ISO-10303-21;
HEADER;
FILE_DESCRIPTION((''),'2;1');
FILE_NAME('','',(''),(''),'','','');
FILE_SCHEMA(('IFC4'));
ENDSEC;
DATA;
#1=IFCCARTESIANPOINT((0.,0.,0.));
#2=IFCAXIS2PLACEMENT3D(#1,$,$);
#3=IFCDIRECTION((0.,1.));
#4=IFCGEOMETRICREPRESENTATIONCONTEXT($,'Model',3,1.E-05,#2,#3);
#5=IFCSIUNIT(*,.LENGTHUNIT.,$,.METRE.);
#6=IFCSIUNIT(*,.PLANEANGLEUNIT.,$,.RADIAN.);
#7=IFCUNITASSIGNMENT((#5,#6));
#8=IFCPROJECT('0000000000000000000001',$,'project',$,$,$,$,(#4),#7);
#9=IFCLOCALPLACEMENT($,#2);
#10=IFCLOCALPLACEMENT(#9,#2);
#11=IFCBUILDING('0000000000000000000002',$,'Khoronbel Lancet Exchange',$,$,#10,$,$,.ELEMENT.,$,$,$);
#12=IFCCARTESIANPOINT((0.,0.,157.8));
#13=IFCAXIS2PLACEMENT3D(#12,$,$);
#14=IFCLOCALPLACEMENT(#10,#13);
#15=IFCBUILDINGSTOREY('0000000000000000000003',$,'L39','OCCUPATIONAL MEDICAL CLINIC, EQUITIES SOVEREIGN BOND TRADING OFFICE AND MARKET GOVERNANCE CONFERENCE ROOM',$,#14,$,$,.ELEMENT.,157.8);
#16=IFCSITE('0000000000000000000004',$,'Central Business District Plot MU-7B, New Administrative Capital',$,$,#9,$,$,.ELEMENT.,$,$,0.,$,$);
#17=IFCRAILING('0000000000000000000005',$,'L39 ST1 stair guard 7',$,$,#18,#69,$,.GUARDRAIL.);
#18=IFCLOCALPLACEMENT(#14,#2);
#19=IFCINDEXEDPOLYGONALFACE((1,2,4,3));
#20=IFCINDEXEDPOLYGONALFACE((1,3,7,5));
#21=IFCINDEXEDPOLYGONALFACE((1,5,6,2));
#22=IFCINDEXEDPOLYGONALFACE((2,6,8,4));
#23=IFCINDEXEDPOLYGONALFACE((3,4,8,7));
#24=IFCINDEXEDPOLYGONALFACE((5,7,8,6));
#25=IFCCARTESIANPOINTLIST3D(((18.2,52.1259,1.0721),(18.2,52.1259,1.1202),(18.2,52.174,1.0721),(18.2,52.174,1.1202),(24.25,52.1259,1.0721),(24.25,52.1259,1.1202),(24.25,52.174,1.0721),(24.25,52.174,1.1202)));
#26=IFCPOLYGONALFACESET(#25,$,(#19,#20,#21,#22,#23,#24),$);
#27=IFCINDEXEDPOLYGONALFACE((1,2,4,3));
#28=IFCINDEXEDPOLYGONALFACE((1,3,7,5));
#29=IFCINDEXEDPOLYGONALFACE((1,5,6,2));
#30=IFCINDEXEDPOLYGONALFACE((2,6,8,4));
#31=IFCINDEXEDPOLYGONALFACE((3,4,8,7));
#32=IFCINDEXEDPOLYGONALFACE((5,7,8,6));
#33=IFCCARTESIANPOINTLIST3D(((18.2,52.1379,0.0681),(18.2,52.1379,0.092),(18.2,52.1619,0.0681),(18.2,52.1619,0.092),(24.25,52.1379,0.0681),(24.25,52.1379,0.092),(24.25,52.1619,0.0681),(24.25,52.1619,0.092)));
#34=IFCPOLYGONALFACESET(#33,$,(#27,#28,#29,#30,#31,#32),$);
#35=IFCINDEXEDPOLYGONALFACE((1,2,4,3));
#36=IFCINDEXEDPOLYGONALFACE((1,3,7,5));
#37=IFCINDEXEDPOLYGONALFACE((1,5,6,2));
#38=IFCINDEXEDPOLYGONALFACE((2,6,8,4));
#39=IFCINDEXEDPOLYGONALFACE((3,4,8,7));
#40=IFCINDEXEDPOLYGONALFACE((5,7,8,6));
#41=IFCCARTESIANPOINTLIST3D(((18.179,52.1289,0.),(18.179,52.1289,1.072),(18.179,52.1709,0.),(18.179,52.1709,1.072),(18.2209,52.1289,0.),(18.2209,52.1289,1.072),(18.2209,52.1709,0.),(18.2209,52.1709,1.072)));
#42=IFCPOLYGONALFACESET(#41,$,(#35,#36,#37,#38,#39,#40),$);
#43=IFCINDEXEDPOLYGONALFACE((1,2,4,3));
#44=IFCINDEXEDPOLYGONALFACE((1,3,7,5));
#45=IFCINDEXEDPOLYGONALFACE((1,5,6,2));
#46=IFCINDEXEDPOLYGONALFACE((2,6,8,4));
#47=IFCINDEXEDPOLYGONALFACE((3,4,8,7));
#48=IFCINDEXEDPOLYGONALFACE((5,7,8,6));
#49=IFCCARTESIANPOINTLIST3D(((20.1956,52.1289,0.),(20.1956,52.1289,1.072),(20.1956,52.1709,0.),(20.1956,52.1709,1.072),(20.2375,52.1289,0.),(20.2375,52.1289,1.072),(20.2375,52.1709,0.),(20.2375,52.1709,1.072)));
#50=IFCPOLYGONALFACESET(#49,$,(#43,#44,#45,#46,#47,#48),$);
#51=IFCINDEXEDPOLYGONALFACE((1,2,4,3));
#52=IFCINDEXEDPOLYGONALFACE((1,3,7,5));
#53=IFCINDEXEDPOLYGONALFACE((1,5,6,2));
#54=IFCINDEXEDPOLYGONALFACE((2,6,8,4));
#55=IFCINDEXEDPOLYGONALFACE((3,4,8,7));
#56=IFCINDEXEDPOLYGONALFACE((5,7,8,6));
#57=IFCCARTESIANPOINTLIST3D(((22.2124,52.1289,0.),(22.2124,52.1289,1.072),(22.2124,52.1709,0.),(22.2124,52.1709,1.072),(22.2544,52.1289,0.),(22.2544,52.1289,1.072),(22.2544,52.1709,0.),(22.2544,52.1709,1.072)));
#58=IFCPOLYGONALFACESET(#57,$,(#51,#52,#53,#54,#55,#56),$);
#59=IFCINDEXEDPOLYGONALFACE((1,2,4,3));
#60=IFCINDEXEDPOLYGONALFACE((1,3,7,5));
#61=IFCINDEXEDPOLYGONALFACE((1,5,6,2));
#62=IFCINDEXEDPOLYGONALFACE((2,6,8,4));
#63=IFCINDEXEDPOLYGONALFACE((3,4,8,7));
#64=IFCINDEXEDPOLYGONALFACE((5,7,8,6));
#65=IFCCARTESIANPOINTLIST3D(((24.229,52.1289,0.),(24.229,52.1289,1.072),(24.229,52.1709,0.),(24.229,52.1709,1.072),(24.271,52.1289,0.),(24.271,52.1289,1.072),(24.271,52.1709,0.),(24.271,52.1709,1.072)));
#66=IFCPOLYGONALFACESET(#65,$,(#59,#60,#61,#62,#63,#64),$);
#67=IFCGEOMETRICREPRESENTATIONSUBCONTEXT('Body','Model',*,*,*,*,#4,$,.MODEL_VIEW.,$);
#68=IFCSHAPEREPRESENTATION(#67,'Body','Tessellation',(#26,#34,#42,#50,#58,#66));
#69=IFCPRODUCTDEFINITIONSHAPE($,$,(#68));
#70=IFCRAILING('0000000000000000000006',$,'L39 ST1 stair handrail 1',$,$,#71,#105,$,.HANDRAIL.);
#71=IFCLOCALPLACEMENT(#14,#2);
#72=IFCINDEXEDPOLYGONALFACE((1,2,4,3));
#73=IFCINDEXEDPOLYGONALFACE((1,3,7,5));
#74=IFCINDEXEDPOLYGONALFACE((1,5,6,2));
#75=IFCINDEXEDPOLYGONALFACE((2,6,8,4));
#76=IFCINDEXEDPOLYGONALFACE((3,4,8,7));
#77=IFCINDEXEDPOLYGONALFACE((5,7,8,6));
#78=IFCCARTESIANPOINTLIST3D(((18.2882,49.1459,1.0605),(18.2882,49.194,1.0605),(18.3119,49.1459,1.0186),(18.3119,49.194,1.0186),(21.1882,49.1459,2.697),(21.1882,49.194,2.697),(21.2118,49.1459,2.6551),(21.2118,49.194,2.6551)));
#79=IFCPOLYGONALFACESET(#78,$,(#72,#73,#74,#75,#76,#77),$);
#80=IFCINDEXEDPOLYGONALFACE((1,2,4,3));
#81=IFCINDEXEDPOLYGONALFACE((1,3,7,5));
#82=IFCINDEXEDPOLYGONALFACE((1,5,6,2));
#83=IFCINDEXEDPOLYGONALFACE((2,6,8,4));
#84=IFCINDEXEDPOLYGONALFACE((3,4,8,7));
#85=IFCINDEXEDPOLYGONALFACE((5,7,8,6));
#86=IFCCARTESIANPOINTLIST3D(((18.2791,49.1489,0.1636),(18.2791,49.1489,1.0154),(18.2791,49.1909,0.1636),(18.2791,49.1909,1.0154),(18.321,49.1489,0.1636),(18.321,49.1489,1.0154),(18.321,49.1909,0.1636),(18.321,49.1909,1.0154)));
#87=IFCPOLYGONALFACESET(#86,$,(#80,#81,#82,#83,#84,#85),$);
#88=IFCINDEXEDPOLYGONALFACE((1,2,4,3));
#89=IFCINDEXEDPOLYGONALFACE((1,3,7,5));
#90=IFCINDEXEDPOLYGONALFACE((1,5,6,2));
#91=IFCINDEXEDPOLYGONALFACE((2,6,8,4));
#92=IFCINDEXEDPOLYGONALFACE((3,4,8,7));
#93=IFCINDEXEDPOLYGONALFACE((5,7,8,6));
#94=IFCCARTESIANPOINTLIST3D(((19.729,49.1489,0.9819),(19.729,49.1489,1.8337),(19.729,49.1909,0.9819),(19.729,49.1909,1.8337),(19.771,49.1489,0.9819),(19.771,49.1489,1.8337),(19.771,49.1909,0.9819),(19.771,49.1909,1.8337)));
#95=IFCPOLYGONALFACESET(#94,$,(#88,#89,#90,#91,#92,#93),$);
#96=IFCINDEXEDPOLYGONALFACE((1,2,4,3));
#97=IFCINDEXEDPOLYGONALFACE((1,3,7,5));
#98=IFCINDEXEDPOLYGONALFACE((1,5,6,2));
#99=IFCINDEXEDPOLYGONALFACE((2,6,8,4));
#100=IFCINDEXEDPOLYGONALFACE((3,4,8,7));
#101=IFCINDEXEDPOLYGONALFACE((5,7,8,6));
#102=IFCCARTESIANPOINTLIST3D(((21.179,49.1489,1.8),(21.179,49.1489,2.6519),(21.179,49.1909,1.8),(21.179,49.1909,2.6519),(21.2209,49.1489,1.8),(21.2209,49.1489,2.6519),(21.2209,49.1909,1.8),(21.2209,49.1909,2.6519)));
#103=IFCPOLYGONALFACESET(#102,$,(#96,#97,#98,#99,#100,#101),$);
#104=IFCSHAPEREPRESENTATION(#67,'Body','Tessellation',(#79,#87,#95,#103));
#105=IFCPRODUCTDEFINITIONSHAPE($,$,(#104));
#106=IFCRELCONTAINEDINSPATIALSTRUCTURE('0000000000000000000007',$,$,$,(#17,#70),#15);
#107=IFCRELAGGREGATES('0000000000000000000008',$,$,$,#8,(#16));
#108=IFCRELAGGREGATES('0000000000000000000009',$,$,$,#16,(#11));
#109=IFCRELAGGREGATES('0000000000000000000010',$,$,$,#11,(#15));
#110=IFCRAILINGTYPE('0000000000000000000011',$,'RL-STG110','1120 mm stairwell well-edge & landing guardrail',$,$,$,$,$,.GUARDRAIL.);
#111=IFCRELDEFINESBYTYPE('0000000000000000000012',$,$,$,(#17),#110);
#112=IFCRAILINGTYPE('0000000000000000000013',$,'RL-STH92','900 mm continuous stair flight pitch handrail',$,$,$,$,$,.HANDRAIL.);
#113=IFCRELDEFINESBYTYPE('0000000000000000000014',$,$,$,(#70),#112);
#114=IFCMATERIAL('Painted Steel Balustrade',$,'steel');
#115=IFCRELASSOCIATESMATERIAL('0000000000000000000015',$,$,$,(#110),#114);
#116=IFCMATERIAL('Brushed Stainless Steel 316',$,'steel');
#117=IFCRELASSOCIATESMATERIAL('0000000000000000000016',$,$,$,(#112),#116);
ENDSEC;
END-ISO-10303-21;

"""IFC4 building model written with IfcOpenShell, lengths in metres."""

from ifc_helpers import new_model, si_unit, direction, frame, origin, origin_2d, place, context, subcontext, project, spatial, rectangle, extrude, material, type_object, element, save


model = new_model("IFC4")

# Units and contexts
model_context = context("Model", 3, precision=1e-05, world=origin(), true_north=direction((0.0, 1.0)))
body_context = subcontext(model_context, "Body", "Model", "MODEL_VIEW")
ifc_project = project(units=[si_unit("LENGTHUNIT", "METRE"), si_unit("PLANEANGLEUNIT", "RADIAN")], contexts=[model_context])

# Site, building, storey
site_placement = place(None, origin())
site = spatial("IfcSite", under=ifc_project, at=site_placement, Name="Central Business District Plot MU-7B, New Administrative Capital", CompositionType="ELEMENT", RefElevation=0.0)
building_placement = place(site_placement, origin())
building = spatial("IfcBuilding", under=site, at=building_placement, Name="Khoronbel Lancet Exchange", CompositionType="ELEMENT")
storey_placement = place(building_placement, frame((0.0, 0.0, 157.8)))
storey = spatial("IfcBuildingStorey", under=building, at=storey_placement, Name="L39", Description="OCCUPATIONAL MEDICAL CLINIC, EQUITIES SOVEREIGN BOND TRADING OFFICE AND MARKET GOVERNANCE CONFERENCE ROOM", CompositionType="ELEMENT", Elevation=157.8)

# Railings
ifc_material_1 = material(Name="Painted Steel Balustrade", Category="steel")
railing_type_1 = type_object("IfcRailingType", Name="RL-STG110", Description="1120 mm stairwell well-edge & landing guardrail", PredefinedType="GUARDRAIL", material=ifc_material_1)
railing_1_placement = place(storey_placement, frame((18.2, 52.1499, 0.0)))
element("IfcRailing", 1, at=railing_1_placement, inside=storey, type_object=railing_type_1, Name="L39 ST1 stair guard 7", PredefinedType="GUARDRAIL", context=body_context, shape_type="SweptSolid", body=[
    extrude(rectangle(XDim=0.0481, YDim=0.0481, at=origin_2d()), frame((0.0, 0.0, 1.0962), z_axis=(1.0, 0.0, 0.0), x_axis=(0.0, 1.0, 0.0)), (0.0, 0.0, 1.0), 6.05),
    extrude(rectangle(XDim=0.0239, YDim=0.0239, at=origin_2d()), frame((0.0, 0.0, 0.0801), z_axis=(1.0, 0.0, 0.0), x_axis=(0.0, 1.0, 0.0)), (0.0, 0.0, 1.0), 6.05),
    extrude(rectangle(XDim=0.042, YDim=0.042, at=origin_2d()), origin(), (0.0, 0.0, 1.0), 1.072),
    extrude(rectangle(XDim=0.042, YDim=0.042, at=origin_2d()), frame((2.0166, 0.0, 0.0)), (0.0, 0.0, 1.0), 1.072),
    extrude(rectangle(XDim=0.042, YDim=0.042, at=origin_2d()), frame((4.0334, 0.0, 0.0)), (0.0, 0.0, 1.0), 1.072),
    extrude(rectangle(XDim=0.042, YDim=0.042, at=origin_2d()), frame((6.05, 0.0, 0.0)), (0.0, 0.0, 1.0), 1.072),
])
ifc_material_2 = material(Name="Brushed Stainless Steel 316", Category="steel")
railing_type_2 = type_object("IfcRailingType", Name="RL-STH92", Description="900 mm continuous stair flight pitch handrail", PredefinedType="HANDRAIL", material=ifc_material_2)
railing_2_placement = place(storey_placement, frame((18.3, 49.1699, 0.1636)))
element("IfcRailing", 2, at=railing_2_placement, inside=storey, type_object=railing_type_2, Name="L39 ST1 stair handrail 1", PredefinedType="HANDRAIL", context=body_context, shape_type="SweptSolid", body=[
    extrude(rectangle(XDim=0.0481, YDim=0.0481, at=origin_2d()), frame((0.0, 0.0, 0.876), z_axis=(0.870897, 0.0, 0.491465), x_axis=(0.0, 1.0, 0.0)), (0.0, 0.0, 1.0), 3.3298),
    extrude(rectangle(XDim=0.042, YDim=0.042, at=origin_2d()), origin(), (0.0, 0.0, 1.0), 0.8518),
    extrude(rectangle(XDim=0.042, YDim=0.042, at=origin_2d()), frame((1.45, 0.0, 0.8184)), (0.0, 0.0, 1.0), 0.8518),
    extrude(rectangle(XDim=0.042, YDim=0.042, at=origin_2d()), frame((2.8999, 0.0, 1.6365)), (0.0, 0.0, 1.0), 0.8518),
])

save(model, "model.ifc")
